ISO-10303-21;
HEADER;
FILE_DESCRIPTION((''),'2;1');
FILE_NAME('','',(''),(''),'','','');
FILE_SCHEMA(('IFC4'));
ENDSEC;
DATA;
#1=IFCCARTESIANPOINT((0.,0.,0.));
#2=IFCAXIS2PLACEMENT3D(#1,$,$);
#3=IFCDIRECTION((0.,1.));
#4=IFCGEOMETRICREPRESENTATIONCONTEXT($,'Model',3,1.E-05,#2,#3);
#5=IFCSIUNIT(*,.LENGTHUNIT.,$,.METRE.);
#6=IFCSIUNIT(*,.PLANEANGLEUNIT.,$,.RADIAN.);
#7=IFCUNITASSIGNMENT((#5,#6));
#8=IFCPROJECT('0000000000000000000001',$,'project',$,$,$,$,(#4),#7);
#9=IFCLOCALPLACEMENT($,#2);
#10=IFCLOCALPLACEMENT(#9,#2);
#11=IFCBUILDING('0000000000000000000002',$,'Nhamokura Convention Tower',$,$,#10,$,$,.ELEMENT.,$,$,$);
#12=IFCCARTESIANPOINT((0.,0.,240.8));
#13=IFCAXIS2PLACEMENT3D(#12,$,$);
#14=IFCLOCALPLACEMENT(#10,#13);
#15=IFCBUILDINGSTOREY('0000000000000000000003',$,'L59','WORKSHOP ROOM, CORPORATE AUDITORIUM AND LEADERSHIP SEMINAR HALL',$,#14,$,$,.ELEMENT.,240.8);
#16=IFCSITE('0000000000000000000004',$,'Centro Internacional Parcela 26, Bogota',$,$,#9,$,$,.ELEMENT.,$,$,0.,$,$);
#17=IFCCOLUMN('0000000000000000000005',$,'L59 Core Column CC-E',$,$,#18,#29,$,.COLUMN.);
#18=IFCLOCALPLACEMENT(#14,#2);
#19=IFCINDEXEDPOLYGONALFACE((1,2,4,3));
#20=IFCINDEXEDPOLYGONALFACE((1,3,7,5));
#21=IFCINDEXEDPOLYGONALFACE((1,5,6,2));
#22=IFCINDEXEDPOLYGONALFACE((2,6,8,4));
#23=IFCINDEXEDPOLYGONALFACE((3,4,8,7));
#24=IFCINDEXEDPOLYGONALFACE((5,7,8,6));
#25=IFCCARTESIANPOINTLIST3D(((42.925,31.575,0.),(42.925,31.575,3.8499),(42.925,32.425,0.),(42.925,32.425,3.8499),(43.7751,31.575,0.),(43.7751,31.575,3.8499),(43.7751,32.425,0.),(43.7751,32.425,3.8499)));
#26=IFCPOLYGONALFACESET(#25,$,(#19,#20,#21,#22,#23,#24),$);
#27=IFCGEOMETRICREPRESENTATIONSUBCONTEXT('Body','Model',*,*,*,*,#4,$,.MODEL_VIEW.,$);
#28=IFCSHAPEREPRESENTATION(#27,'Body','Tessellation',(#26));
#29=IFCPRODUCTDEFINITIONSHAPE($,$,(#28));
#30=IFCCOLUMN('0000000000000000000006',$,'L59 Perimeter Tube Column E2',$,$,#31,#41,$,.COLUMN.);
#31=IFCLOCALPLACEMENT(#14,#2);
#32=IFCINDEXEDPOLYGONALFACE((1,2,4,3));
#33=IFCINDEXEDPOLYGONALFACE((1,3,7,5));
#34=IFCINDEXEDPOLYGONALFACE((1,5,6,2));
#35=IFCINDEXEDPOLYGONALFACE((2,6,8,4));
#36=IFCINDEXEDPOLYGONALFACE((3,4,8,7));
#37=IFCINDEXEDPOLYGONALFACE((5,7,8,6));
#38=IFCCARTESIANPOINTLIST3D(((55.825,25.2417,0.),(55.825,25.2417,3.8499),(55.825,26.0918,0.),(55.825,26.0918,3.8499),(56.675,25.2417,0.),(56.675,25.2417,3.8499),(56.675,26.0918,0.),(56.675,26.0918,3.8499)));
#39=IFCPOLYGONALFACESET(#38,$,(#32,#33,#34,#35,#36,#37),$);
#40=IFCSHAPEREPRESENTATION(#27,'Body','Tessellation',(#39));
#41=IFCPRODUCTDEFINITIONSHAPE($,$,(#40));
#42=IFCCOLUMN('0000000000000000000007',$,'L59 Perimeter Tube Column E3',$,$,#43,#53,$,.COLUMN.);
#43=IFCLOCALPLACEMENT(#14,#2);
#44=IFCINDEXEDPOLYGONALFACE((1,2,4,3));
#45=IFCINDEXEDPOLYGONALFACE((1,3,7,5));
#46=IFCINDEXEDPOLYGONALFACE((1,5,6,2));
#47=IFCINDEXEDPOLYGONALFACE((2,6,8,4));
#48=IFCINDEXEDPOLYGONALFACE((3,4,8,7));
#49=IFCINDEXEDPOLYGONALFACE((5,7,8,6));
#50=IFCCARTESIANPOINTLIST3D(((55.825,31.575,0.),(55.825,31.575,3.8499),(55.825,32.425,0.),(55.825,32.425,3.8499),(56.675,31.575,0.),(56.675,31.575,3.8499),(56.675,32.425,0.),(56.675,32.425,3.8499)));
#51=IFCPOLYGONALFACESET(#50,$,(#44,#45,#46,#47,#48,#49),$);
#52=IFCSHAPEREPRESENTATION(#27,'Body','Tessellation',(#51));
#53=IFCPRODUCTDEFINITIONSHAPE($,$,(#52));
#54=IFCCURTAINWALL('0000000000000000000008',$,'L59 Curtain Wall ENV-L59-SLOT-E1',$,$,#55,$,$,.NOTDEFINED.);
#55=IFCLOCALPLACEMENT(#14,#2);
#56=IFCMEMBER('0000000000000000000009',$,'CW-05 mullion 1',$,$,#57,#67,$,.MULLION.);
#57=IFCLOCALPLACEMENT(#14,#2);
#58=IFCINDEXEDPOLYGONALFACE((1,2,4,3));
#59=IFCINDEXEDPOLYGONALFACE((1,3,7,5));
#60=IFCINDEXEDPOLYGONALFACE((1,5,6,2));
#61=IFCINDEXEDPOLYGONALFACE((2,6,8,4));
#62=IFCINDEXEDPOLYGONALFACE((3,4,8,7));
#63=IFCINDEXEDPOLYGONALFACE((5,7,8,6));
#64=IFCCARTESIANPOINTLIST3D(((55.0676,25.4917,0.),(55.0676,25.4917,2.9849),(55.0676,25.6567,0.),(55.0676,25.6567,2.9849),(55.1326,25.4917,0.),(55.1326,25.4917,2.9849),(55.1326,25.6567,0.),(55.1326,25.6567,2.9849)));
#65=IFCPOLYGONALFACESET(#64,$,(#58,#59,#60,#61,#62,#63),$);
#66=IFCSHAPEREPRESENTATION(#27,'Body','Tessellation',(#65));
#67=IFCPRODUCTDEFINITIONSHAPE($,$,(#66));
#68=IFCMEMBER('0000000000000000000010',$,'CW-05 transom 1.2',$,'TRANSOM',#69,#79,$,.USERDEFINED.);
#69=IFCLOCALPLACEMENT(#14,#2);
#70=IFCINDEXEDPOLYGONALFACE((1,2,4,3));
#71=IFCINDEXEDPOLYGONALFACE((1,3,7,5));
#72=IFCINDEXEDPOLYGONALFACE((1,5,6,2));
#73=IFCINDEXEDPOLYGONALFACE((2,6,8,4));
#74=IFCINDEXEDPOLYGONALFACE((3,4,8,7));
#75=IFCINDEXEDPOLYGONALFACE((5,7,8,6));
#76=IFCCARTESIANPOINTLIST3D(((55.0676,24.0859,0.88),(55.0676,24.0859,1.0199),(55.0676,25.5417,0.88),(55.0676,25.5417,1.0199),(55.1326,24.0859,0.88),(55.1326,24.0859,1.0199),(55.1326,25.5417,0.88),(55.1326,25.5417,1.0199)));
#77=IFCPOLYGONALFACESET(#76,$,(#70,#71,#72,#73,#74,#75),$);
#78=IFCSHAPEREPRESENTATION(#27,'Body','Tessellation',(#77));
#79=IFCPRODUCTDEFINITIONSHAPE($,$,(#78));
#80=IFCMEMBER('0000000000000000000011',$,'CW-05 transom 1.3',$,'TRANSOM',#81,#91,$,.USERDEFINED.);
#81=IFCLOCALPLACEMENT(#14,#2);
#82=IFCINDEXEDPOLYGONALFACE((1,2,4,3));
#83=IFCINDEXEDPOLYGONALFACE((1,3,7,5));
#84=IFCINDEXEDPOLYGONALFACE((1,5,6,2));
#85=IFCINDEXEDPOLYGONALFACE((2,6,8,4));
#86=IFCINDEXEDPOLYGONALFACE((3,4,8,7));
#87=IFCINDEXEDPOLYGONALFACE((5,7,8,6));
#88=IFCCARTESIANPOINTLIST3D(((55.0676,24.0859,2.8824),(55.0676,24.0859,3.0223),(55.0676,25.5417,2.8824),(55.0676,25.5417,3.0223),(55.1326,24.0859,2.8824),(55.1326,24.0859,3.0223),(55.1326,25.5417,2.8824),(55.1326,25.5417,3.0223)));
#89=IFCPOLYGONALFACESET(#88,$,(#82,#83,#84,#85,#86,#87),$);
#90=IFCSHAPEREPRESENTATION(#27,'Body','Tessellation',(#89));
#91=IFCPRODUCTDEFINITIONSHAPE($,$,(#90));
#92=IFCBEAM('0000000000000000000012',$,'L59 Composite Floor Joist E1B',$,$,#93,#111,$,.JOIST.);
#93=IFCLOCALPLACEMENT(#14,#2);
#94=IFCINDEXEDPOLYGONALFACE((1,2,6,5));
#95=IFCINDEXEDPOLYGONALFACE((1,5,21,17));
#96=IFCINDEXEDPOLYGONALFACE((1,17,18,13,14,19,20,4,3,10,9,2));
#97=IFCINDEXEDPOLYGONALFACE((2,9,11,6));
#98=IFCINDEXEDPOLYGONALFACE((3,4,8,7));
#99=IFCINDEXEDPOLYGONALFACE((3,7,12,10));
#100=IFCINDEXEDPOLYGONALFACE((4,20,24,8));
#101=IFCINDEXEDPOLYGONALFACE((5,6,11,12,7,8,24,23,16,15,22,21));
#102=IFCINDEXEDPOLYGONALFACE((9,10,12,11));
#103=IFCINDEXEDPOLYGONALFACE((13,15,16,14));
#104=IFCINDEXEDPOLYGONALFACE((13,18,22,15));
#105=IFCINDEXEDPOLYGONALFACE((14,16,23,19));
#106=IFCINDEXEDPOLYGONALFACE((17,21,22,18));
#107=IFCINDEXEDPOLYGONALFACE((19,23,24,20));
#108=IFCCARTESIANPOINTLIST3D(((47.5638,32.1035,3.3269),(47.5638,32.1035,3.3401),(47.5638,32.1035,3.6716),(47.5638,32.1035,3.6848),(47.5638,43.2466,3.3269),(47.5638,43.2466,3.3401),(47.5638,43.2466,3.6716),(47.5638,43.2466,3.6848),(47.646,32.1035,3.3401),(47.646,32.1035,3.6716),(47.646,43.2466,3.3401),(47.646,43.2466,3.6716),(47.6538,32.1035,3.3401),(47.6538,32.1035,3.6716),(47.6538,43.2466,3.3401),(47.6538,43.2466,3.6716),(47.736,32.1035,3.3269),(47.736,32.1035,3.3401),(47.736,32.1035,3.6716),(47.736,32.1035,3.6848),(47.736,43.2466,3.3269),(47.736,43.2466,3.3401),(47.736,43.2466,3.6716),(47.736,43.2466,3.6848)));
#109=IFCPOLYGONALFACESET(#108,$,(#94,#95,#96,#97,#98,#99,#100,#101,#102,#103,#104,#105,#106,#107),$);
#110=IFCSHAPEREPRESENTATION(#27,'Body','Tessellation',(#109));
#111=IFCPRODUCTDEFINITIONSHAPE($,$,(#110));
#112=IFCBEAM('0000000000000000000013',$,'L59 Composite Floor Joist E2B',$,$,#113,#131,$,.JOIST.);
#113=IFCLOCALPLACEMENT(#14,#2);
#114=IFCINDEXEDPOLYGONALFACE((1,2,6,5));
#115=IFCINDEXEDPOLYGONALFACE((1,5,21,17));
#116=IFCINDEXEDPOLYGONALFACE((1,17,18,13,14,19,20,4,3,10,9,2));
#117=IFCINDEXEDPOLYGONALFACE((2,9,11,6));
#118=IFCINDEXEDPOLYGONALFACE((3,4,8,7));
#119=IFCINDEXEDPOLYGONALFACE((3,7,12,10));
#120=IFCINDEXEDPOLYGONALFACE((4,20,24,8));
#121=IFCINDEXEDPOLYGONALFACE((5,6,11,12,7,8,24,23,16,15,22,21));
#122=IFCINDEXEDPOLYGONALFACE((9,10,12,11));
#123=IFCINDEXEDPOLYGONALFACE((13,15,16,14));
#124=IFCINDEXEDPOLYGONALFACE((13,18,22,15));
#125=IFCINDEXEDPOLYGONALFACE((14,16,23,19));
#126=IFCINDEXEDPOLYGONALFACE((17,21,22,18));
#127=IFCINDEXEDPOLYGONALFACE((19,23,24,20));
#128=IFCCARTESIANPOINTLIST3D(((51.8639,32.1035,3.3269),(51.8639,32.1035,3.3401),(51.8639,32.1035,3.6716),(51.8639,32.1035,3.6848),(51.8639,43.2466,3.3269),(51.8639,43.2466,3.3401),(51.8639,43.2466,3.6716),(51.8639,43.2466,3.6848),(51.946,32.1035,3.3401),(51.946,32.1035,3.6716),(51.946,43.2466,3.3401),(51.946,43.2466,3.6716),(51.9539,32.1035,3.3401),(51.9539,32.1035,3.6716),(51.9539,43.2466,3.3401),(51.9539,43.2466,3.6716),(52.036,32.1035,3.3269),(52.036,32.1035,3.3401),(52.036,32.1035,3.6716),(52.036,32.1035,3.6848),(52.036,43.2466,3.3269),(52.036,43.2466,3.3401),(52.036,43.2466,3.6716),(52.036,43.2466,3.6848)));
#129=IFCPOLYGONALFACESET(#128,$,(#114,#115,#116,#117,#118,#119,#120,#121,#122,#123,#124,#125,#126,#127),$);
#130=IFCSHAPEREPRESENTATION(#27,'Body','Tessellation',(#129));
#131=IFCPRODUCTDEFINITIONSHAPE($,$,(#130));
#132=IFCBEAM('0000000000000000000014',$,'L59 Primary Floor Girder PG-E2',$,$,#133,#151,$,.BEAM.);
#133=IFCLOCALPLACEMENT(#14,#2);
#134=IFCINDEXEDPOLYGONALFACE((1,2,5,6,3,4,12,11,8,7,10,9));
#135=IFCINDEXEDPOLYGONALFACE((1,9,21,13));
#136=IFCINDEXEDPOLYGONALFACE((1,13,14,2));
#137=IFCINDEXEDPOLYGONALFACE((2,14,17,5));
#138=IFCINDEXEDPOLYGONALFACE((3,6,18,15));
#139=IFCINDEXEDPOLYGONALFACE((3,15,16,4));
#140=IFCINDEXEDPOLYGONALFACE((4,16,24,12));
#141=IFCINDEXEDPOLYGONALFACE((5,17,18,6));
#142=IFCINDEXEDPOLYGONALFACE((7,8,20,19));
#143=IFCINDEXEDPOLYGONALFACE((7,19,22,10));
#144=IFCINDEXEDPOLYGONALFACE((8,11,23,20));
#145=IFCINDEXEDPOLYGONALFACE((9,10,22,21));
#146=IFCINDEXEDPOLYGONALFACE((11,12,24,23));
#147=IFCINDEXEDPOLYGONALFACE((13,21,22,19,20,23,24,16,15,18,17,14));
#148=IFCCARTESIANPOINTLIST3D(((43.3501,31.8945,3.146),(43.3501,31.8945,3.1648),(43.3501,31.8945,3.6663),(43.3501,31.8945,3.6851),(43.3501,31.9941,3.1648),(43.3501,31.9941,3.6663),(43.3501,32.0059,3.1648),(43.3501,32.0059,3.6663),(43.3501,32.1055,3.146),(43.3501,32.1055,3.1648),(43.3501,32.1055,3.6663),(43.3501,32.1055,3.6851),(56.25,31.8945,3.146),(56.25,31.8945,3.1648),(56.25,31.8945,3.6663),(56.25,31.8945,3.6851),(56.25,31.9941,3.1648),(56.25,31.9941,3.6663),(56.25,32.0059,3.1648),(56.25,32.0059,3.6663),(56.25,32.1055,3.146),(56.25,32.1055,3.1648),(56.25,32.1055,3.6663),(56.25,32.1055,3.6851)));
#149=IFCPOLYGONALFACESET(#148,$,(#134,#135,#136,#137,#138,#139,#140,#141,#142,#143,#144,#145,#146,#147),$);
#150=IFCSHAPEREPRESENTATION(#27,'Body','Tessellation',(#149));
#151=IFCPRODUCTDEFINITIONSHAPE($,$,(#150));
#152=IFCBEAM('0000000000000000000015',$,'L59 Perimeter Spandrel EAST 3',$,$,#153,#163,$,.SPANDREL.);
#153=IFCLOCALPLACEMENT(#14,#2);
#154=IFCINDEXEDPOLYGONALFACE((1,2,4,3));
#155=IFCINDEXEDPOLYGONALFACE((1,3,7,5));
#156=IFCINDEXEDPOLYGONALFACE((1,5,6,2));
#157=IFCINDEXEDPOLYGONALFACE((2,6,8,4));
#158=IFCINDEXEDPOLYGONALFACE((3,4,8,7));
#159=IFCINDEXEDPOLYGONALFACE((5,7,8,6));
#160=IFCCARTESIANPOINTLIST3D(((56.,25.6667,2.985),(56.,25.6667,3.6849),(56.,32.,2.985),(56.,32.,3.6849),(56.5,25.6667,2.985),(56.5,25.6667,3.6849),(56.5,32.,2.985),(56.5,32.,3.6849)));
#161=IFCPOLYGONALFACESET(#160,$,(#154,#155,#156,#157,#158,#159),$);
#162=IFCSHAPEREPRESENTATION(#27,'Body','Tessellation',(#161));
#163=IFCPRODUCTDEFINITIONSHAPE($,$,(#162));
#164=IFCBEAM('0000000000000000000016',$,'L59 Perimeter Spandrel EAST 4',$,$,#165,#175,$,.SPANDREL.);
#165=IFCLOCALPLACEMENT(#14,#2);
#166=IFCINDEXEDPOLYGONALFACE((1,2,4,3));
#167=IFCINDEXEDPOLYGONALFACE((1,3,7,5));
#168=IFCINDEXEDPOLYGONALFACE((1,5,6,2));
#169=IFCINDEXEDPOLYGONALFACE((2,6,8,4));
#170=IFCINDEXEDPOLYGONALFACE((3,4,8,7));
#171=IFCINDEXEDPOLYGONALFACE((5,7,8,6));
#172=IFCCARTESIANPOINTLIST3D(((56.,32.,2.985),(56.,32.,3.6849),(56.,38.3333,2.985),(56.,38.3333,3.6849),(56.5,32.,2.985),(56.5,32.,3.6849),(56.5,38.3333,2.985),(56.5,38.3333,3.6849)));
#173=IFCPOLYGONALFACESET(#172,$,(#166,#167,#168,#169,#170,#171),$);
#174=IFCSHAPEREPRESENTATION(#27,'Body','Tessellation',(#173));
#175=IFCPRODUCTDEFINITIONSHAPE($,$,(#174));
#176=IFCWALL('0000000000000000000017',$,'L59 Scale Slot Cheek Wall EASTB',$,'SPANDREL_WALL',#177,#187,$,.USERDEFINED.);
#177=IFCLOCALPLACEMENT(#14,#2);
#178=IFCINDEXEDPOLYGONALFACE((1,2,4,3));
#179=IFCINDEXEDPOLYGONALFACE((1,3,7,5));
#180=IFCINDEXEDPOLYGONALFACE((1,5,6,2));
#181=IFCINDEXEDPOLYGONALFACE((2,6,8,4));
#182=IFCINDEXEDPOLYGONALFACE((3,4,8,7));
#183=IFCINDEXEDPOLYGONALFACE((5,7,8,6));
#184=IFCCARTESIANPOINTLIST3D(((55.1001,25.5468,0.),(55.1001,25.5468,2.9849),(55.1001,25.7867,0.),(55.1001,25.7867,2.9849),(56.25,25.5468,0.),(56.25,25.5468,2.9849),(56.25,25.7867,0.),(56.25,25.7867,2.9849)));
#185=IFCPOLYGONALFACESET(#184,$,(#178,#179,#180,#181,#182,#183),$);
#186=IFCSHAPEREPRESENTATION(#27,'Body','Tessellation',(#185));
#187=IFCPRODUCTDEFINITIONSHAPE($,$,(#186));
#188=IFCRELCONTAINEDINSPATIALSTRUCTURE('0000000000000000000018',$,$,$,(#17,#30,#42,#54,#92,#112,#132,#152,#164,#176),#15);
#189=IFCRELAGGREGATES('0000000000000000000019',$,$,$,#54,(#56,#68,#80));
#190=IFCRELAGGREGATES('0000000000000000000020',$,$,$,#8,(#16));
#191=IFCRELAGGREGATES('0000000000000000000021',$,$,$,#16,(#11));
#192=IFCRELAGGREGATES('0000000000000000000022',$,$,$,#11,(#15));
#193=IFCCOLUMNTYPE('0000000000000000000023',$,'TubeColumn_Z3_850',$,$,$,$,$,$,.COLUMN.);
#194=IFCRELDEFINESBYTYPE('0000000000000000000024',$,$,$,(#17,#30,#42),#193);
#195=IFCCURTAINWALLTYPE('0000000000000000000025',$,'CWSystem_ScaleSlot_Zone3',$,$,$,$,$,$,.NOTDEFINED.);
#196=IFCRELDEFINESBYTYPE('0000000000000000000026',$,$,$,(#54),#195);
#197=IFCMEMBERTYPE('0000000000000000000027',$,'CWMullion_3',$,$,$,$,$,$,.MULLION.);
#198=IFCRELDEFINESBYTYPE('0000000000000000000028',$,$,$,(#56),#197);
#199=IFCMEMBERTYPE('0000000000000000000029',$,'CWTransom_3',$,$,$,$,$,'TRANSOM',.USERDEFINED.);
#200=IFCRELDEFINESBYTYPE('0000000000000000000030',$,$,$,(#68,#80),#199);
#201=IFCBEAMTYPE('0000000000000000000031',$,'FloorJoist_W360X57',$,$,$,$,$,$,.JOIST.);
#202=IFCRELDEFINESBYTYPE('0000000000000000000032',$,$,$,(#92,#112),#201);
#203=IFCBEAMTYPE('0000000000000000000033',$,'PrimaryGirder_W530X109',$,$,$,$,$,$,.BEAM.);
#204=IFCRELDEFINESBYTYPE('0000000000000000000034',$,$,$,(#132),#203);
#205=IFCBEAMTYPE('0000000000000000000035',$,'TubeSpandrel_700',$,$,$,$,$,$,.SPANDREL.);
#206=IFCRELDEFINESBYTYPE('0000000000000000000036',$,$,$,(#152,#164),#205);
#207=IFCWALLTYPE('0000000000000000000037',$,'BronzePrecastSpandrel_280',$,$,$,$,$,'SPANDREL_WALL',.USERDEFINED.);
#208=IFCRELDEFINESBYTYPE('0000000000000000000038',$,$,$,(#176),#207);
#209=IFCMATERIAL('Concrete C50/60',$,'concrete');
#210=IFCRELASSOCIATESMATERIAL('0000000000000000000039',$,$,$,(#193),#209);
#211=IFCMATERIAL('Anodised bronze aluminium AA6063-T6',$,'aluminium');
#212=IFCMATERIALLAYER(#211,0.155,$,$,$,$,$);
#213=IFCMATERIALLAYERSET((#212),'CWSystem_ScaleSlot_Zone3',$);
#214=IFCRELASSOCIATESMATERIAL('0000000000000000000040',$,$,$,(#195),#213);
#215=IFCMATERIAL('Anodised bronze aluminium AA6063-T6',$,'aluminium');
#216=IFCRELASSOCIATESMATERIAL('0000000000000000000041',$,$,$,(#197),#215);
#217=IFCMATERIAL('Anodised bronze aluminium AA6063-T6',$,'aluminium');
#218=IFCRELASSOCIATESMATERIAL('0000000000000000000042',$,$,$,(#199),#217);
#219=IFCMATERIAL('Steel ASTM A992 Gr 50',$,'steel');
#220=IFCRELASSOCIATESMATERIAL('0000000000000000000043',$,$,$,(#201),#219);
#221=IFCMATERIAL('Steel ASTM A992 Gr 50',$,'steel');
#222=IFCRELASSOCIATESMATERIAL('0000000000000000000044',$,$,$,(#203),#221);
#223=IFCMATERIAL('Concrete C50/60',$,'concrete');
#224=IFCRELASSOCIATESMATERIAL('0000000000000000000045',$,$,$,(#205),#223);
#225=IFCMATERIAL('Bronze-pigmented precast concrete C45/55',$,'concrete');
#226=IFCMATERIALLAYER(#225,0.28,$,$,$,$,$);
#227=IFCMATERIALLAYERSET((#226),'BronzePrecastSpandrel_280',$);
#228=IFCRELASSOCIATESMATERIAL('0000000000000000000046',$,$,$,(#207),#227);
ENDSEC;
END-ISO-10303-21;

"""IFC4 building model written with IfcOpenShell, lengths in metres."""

from ifc_helpers import new_model, si_unit, direction, frame, frame_2d, origin, origin_2d, place, context, subcontext, project, spatial, rectangle, i_section, extrude, material, layer, layer_set, material_profile, profile_set, type_object, element, aggregate, save


model = new_model("IFC4")

# Units and contexts
model_context = context("Model", 3, precision=1e-05, world=origin(), true_north=direction((0.0, 1.0)))
body_context = subcontext(model_context, "Body", "Model", "MODEL_VIEW")
ifc_project = project(units=[si_unit("LENGTHUNIT", "METRE"), si_unit("PLANEANGLEUNIT", "RADIAN")], contexts=[model_context])

# Site, building, storey
site_placement = place(None, origin())
site = spatial("IfcSite", under=ifc_project, at=site_placement, Name="Centro Internacional Parcela 26, Bogota", CompositionType="ELEMENT", RefElevation=0.0)
building_placement = place(site_placement, origin())
building = spatial("IfcBuilding", under=site, at=building_placement, Name="Nhamokura Convention Tower", CompositionType="ELEMENT")
storey_placement = place(building_placement, frame((0.0, 0.0, 240.8)))
storey = spatial("IfcBuildingStorey", under=building, at=storey_placement, Name="L59", Description="WORKSHOP ROOM, CORPORATE AUDITORIUM AND LEADERSHIP SEMINAR HALL", CompositionType="ELEMENT", Elevation=240.8)

# Columns
ifc_material_1 = material(Name="Concrete C50/60", Category="concrete")
ifc_material_profile_1 = material_profile(ifc_material_1, rectangle(XDim=0.8501, YDim=0.8501, at=origin_2d()))
ifc_profile_set_1 = profile_set([ifc_material_profile_1], Name="Concrete C50/60")
column_type = type_object("IfcColumnType", Name="TubeColumn_Z3_850", PredefinedType="COLUMN", material=ifc_profile_set_1)
for number, where, z_axis, x_axis, name in (
    (1, (43.3501, 32.0, 0.0), (0.0, 0.0, 1.0), (1.0, 0.0, 0.0), "L59 Core Column CC-E"),
    (2, (56.25, 25.6667, 0.0), (0.0, 0.0, 1.0), (1.0, 0.0, 0.0), "L59 Perimeter Tube Column E2"),
    (3, (56.25, 32.0, 0.0), (0.0, 0.0, 1.0), (1.0, 0.0, 0.0), "L59 Perimeter Tube Column E3"),
):
    element("IfcColumn", number, at=place(storey_placement, frame(where, z_axis=z_axis, x_axis=x_axis)), inside=storey, type_object=column_type, Name=name, PredefinedType="COLUMN", context=body_context, shape_type="SweptSolid", body=[
        extrude(rectangle(XDim=0.8501, YDim=0.8501, at=origin_2d()), origin(), (0.0, 0.0, 1.0), 3.8499),
    ])

# Curtain wall, members
ifc_material_2 = material(Name="Anodised bronze aluminium AA6063-T6", Category="aluminium")
ifc_layer_1 = layer(ifc_material_2, 0.155)
ifc_layer_set_1 = layer_set([ifc_layer_1], Name="CWSystem_ScaleSlot_Zone3")
curtain_wall_type = type_object("IfcCurtainWallType", Name="CWSystem_ScaleSlot_Zone3", PredefinedType="NOTDEFINED", material=ifc_layer_set_1)
curtain_wall_placement = place(storey_placement, origin())
curtain_wall = element("IfcCurtainWall", 4, at=curtain_wall_placement, inside=storey, type_object=curtain_wall_type, Name="L59 Curtain Wall ENV-L59-SLOT-E1", PredefinedType="NOTDEFINED")
ifc_material_3 = material(Name="Anodised bronze aluminium AA6063-T6", Category="aluminium")
ifc_material_profile_2 = material_profile(ifc_material_3, rectangle(XDim=0.0649, YDim=0.165, at=origin_2d()))
ifc_profile_set_2 = profile_set([ifc_material_profile_2], Name="Anodised bronze aluminium AA6063-T6")
member_type_1 = type_object("IfcMemberType", Name="CWMullion_3", PredefinedType="MULLION", material=ifc_profile_set_2)
member_1_placement = place(storey_placement, frame((55.1001, 25.5742, 0.0), z_axis=(0.0, 0.0, 1.0), x_axis=(1.0, 0.0, 0.0)))
member_1 = element("IfcMember", 5, at=member_1_placement, type_object=member_type_1, Name="CW-05 mullion 1", PredefinedType="MULLION", context=body_context, shape_type="SweptSolid", body=[
    extrude(rectangle(XDim=0.0649, YDim=0.165, at=origin_2d()), origin(), (0.0, 0.0, 1.0), 2.9849),
])
ifc_material_4 = material(Name="Anodised bronze aluminium AA6063-T6", Category="aluminium")
ifc_material_profile_3 = material_profile(ifc_material_4, rectangle(XDim=0.0649, YDim=0.1399, at=origin_2d()))
ifc_profile_set_3 = profile_set([ifc_material_profile_3], Name="Anodised bronze aluminium AA6063-T6")
member_type_2 = type_object("IfcMemberType", Name="CWTransom_3", ElementType="TRANSOM", PredefinedType="USERDEFINED", material=ifc_profile_set_3)
member_2_placement = place(storey_placement, frame((55.1001, 25.5417, 0.95), z_axis=(0.0, -1.0, 0.0), x_axis=(1.0, 0.0, 0.0)))
member_2 = element("IfcMember", 6, at=member_2_placement, type_object=member_type_2, Name="CW-05 transom 1.2", ObjectType="TRANSOM", PredefinedType="USERDEFINED", context=body_context, shape_type="SweptSolid", body=[
    extrude(rectangle(XDim=0.0649, YDim=0.1399, at=origin_2d()), origin(), (0.0, 0.0, 1.0), 1.4558),
])
member_3_placement = place(storey_placement, frame((55.1001, 25.5417, 2.9524), z_axis=(0.0, -1.0, 0.0), x_axis=(1.0, 0.0, 0.0)))
member_3 = element("IfcMember", 7, at=member_3_placement, type_object=member_type_2, Name="CW-05 transom 1.3", ObjectType="TRANSOM", PredefinedType="USERDEFINED", context=body_context, shape_type="SweptSolid", body=[
    extrude(rectangle(XDim=0.0649, YDim=0.1399, at=origin_2d()), origin(), (0.0, 0.0, 1.0), 1.4558),
])
aggregate(curtain_wall, [member_1, member_2, member_3])

# Beams
ifc_material_5 = material(Name="Steel ASTM A992 Gr 50", Category="steel")
ifc_material_profile_4 = material_profile(ifc_material_5, i_section(OverallWidth=0.1721, OverallDepth=0.3579, WebThickness=0.0078, FlangeThickness=0.0132, at=origin_2d()))
ifc_profile_set_4 = profile_set([ifc_material_profile_4], Name="Steel ASTM A992 Gr 50")
beam_type_1 = type_object("IfcBeamType", Name="FloorJoist_W360X57", PredefinedType="JOIST", material=ifc_profile_set_4)
for number, where, z_axis, x_axis, name in (
    (8, (47.6499, 32.1035, 3.5059), (0.0, 1.0, 0.0), (-1.0, 0.0, 0.0), "L59 Composite Floor Joist E1B"),
    (9, (51.95, 32.1035, 3.5059), (0.0, 1.0, 0.0), (-1.0, 0.0, 0.0), "L59 Composite Floor Joist E2B"),
):
    element("IfcBeam", number, at=place(storey_placement, frame(where, z_axis=z_axis, x_axis=x_axis)), inside=storey, type_object=beam_type_1, Name=name, PredefinedType="JOIST", context=body_context, shape_type="SweptSolid", body=[
        extrude(i_section(OverallWidth=0.1721, OverallDepth=0.3579, WebThickness=0.0078, FlangeThickness=0.0132, at=origin_2d()), origin(), (0.0, 0.0, 1.0), 11.1431),
    ])
ifc_material_6 = material(Name="Steel ASTM A992 Gr 50", Category="steel")
ifc_material_profile_5 = material_profile(ifc_material_6, i_section(OverallWidth=0.2109, OverallDepth=0.5391, WebThickness=0.0117, FlangeThickness=0.0188, at=origin_2d()))
ifc_profile_set_5 = profile_set([ifc_material_profile_5], Name="Steel ASTM A992 Gr 50")
beam_type_2 = type_object("IfcBeamType", Name="PrimaryGirder_W530X109", PredefinedType="BEAM", material=ifc_profile_set_5)
beam_placement = place(storey_placement, frame((43.3501, 32.0, 3.4155), z_axis=(1.0, 0.0, 0.0), x_axis=(0.0, 1.0, 0.0)))
element("IfcBeam", 10, at=beam_placement, inside=storey, type_object=beam_type_2, Name="L59 Primary Floor Girder PG-E2", PredefinedType="BEAM", context=body_context, shape_type="SweptSolid", body=[
    extrude(i_section(OverallWidth=0.2109, OverallDepth=0.5391, WebThickness=0.0117, FlangeThickness=0.0188, at=origin_2d()), origin(), (0.0, 0.0, 1.0), 12.8999),
])
ifc_material_7 = material(Name="Concrete C50/60", Category="concrete")
ifc_material_profile_6 = material_profile(ifc_material_7, rectangle(XDim=0.5, YDim=0.7, at=origin_2d()))
ifc_profile_set_6 = profile_set([ifc_material_profile_6], Name="Concrete C50/60")
beam_type_3 = type_object("IfcBeamType", Name="TubeSpandrel_700", PredefinedType="SPANDREL", material=ifc_profile_set_6)
for number, where, z_axis, x_axis, name in (
    (11, (56.25, 25.6667, 3.335), (0.0, 1.0, 0.0), (-1.0, 0.0, 0.0), "L59 Perimeter Spandrel EAST 3"),
    (12, (56.25, 32.0, 3.335), (0.0, 1.0, 0.0), (-1.0, 0.0, 0.0), "L59 Perimeter Spandrel EAST 4"),
):
    element("IfcBeam", number, at=place(storey_placement, frame(where, z_axis=z_axis, x_axis=x_axis)), inside=storey, type_object=beam_type_3, Name=name, PredefinedType="SPANDREL", context=body_context, shape_type="SweptSolid", body=[
        extrude(rectangle(XDim=0.5, YDim=0.7, at=origin_2d()), origin(), (0.0, 0.0, 1.0), 6.3333),
    ])

# Wall
ifc_material_8 = material(Name="Bronze-pigmented precast concrete C45/55", Category="concrete")
ifc_layer_2 = layer(ifc_material_8, 0.28)
ifc_layer_set_2 = layer_set([ifc_layer_2], Name="BronzePrecastSpandrel_280")
wall_type_1 = type_object("IfcWallType", Name="BronzePrecastSpandrel_280", ElementType="SPANDREL_WALL", PredefinedType="USERDEFINED", material=ifc_layer_set_2)
wall_1_placement = place(storey_placement, frame((56.25, 25.6667, 0.0), z_axis=(0.0, 0.0, 1.0), x_axis=(-1.0, 0.0, 0.0)))
element("IfcWall", 13, at=wall_1_placement, inside=storey, type_object=wall_type_1, Name="L59 Scale Slot Cheek Wall EASTB", ObjectType="SPANDREL_WALL", PredefinedType="USERDEFINED", context=body_context, shape_type="SweptSolid", body=[
    extrude(rectangle(XDim=1.1499, YDim=0.24, at=frame_2d((0.575, 0.0))), origin(), (0.0, 0.0, 1.0), 2.9849),
])

save(model, "model.ifc")
